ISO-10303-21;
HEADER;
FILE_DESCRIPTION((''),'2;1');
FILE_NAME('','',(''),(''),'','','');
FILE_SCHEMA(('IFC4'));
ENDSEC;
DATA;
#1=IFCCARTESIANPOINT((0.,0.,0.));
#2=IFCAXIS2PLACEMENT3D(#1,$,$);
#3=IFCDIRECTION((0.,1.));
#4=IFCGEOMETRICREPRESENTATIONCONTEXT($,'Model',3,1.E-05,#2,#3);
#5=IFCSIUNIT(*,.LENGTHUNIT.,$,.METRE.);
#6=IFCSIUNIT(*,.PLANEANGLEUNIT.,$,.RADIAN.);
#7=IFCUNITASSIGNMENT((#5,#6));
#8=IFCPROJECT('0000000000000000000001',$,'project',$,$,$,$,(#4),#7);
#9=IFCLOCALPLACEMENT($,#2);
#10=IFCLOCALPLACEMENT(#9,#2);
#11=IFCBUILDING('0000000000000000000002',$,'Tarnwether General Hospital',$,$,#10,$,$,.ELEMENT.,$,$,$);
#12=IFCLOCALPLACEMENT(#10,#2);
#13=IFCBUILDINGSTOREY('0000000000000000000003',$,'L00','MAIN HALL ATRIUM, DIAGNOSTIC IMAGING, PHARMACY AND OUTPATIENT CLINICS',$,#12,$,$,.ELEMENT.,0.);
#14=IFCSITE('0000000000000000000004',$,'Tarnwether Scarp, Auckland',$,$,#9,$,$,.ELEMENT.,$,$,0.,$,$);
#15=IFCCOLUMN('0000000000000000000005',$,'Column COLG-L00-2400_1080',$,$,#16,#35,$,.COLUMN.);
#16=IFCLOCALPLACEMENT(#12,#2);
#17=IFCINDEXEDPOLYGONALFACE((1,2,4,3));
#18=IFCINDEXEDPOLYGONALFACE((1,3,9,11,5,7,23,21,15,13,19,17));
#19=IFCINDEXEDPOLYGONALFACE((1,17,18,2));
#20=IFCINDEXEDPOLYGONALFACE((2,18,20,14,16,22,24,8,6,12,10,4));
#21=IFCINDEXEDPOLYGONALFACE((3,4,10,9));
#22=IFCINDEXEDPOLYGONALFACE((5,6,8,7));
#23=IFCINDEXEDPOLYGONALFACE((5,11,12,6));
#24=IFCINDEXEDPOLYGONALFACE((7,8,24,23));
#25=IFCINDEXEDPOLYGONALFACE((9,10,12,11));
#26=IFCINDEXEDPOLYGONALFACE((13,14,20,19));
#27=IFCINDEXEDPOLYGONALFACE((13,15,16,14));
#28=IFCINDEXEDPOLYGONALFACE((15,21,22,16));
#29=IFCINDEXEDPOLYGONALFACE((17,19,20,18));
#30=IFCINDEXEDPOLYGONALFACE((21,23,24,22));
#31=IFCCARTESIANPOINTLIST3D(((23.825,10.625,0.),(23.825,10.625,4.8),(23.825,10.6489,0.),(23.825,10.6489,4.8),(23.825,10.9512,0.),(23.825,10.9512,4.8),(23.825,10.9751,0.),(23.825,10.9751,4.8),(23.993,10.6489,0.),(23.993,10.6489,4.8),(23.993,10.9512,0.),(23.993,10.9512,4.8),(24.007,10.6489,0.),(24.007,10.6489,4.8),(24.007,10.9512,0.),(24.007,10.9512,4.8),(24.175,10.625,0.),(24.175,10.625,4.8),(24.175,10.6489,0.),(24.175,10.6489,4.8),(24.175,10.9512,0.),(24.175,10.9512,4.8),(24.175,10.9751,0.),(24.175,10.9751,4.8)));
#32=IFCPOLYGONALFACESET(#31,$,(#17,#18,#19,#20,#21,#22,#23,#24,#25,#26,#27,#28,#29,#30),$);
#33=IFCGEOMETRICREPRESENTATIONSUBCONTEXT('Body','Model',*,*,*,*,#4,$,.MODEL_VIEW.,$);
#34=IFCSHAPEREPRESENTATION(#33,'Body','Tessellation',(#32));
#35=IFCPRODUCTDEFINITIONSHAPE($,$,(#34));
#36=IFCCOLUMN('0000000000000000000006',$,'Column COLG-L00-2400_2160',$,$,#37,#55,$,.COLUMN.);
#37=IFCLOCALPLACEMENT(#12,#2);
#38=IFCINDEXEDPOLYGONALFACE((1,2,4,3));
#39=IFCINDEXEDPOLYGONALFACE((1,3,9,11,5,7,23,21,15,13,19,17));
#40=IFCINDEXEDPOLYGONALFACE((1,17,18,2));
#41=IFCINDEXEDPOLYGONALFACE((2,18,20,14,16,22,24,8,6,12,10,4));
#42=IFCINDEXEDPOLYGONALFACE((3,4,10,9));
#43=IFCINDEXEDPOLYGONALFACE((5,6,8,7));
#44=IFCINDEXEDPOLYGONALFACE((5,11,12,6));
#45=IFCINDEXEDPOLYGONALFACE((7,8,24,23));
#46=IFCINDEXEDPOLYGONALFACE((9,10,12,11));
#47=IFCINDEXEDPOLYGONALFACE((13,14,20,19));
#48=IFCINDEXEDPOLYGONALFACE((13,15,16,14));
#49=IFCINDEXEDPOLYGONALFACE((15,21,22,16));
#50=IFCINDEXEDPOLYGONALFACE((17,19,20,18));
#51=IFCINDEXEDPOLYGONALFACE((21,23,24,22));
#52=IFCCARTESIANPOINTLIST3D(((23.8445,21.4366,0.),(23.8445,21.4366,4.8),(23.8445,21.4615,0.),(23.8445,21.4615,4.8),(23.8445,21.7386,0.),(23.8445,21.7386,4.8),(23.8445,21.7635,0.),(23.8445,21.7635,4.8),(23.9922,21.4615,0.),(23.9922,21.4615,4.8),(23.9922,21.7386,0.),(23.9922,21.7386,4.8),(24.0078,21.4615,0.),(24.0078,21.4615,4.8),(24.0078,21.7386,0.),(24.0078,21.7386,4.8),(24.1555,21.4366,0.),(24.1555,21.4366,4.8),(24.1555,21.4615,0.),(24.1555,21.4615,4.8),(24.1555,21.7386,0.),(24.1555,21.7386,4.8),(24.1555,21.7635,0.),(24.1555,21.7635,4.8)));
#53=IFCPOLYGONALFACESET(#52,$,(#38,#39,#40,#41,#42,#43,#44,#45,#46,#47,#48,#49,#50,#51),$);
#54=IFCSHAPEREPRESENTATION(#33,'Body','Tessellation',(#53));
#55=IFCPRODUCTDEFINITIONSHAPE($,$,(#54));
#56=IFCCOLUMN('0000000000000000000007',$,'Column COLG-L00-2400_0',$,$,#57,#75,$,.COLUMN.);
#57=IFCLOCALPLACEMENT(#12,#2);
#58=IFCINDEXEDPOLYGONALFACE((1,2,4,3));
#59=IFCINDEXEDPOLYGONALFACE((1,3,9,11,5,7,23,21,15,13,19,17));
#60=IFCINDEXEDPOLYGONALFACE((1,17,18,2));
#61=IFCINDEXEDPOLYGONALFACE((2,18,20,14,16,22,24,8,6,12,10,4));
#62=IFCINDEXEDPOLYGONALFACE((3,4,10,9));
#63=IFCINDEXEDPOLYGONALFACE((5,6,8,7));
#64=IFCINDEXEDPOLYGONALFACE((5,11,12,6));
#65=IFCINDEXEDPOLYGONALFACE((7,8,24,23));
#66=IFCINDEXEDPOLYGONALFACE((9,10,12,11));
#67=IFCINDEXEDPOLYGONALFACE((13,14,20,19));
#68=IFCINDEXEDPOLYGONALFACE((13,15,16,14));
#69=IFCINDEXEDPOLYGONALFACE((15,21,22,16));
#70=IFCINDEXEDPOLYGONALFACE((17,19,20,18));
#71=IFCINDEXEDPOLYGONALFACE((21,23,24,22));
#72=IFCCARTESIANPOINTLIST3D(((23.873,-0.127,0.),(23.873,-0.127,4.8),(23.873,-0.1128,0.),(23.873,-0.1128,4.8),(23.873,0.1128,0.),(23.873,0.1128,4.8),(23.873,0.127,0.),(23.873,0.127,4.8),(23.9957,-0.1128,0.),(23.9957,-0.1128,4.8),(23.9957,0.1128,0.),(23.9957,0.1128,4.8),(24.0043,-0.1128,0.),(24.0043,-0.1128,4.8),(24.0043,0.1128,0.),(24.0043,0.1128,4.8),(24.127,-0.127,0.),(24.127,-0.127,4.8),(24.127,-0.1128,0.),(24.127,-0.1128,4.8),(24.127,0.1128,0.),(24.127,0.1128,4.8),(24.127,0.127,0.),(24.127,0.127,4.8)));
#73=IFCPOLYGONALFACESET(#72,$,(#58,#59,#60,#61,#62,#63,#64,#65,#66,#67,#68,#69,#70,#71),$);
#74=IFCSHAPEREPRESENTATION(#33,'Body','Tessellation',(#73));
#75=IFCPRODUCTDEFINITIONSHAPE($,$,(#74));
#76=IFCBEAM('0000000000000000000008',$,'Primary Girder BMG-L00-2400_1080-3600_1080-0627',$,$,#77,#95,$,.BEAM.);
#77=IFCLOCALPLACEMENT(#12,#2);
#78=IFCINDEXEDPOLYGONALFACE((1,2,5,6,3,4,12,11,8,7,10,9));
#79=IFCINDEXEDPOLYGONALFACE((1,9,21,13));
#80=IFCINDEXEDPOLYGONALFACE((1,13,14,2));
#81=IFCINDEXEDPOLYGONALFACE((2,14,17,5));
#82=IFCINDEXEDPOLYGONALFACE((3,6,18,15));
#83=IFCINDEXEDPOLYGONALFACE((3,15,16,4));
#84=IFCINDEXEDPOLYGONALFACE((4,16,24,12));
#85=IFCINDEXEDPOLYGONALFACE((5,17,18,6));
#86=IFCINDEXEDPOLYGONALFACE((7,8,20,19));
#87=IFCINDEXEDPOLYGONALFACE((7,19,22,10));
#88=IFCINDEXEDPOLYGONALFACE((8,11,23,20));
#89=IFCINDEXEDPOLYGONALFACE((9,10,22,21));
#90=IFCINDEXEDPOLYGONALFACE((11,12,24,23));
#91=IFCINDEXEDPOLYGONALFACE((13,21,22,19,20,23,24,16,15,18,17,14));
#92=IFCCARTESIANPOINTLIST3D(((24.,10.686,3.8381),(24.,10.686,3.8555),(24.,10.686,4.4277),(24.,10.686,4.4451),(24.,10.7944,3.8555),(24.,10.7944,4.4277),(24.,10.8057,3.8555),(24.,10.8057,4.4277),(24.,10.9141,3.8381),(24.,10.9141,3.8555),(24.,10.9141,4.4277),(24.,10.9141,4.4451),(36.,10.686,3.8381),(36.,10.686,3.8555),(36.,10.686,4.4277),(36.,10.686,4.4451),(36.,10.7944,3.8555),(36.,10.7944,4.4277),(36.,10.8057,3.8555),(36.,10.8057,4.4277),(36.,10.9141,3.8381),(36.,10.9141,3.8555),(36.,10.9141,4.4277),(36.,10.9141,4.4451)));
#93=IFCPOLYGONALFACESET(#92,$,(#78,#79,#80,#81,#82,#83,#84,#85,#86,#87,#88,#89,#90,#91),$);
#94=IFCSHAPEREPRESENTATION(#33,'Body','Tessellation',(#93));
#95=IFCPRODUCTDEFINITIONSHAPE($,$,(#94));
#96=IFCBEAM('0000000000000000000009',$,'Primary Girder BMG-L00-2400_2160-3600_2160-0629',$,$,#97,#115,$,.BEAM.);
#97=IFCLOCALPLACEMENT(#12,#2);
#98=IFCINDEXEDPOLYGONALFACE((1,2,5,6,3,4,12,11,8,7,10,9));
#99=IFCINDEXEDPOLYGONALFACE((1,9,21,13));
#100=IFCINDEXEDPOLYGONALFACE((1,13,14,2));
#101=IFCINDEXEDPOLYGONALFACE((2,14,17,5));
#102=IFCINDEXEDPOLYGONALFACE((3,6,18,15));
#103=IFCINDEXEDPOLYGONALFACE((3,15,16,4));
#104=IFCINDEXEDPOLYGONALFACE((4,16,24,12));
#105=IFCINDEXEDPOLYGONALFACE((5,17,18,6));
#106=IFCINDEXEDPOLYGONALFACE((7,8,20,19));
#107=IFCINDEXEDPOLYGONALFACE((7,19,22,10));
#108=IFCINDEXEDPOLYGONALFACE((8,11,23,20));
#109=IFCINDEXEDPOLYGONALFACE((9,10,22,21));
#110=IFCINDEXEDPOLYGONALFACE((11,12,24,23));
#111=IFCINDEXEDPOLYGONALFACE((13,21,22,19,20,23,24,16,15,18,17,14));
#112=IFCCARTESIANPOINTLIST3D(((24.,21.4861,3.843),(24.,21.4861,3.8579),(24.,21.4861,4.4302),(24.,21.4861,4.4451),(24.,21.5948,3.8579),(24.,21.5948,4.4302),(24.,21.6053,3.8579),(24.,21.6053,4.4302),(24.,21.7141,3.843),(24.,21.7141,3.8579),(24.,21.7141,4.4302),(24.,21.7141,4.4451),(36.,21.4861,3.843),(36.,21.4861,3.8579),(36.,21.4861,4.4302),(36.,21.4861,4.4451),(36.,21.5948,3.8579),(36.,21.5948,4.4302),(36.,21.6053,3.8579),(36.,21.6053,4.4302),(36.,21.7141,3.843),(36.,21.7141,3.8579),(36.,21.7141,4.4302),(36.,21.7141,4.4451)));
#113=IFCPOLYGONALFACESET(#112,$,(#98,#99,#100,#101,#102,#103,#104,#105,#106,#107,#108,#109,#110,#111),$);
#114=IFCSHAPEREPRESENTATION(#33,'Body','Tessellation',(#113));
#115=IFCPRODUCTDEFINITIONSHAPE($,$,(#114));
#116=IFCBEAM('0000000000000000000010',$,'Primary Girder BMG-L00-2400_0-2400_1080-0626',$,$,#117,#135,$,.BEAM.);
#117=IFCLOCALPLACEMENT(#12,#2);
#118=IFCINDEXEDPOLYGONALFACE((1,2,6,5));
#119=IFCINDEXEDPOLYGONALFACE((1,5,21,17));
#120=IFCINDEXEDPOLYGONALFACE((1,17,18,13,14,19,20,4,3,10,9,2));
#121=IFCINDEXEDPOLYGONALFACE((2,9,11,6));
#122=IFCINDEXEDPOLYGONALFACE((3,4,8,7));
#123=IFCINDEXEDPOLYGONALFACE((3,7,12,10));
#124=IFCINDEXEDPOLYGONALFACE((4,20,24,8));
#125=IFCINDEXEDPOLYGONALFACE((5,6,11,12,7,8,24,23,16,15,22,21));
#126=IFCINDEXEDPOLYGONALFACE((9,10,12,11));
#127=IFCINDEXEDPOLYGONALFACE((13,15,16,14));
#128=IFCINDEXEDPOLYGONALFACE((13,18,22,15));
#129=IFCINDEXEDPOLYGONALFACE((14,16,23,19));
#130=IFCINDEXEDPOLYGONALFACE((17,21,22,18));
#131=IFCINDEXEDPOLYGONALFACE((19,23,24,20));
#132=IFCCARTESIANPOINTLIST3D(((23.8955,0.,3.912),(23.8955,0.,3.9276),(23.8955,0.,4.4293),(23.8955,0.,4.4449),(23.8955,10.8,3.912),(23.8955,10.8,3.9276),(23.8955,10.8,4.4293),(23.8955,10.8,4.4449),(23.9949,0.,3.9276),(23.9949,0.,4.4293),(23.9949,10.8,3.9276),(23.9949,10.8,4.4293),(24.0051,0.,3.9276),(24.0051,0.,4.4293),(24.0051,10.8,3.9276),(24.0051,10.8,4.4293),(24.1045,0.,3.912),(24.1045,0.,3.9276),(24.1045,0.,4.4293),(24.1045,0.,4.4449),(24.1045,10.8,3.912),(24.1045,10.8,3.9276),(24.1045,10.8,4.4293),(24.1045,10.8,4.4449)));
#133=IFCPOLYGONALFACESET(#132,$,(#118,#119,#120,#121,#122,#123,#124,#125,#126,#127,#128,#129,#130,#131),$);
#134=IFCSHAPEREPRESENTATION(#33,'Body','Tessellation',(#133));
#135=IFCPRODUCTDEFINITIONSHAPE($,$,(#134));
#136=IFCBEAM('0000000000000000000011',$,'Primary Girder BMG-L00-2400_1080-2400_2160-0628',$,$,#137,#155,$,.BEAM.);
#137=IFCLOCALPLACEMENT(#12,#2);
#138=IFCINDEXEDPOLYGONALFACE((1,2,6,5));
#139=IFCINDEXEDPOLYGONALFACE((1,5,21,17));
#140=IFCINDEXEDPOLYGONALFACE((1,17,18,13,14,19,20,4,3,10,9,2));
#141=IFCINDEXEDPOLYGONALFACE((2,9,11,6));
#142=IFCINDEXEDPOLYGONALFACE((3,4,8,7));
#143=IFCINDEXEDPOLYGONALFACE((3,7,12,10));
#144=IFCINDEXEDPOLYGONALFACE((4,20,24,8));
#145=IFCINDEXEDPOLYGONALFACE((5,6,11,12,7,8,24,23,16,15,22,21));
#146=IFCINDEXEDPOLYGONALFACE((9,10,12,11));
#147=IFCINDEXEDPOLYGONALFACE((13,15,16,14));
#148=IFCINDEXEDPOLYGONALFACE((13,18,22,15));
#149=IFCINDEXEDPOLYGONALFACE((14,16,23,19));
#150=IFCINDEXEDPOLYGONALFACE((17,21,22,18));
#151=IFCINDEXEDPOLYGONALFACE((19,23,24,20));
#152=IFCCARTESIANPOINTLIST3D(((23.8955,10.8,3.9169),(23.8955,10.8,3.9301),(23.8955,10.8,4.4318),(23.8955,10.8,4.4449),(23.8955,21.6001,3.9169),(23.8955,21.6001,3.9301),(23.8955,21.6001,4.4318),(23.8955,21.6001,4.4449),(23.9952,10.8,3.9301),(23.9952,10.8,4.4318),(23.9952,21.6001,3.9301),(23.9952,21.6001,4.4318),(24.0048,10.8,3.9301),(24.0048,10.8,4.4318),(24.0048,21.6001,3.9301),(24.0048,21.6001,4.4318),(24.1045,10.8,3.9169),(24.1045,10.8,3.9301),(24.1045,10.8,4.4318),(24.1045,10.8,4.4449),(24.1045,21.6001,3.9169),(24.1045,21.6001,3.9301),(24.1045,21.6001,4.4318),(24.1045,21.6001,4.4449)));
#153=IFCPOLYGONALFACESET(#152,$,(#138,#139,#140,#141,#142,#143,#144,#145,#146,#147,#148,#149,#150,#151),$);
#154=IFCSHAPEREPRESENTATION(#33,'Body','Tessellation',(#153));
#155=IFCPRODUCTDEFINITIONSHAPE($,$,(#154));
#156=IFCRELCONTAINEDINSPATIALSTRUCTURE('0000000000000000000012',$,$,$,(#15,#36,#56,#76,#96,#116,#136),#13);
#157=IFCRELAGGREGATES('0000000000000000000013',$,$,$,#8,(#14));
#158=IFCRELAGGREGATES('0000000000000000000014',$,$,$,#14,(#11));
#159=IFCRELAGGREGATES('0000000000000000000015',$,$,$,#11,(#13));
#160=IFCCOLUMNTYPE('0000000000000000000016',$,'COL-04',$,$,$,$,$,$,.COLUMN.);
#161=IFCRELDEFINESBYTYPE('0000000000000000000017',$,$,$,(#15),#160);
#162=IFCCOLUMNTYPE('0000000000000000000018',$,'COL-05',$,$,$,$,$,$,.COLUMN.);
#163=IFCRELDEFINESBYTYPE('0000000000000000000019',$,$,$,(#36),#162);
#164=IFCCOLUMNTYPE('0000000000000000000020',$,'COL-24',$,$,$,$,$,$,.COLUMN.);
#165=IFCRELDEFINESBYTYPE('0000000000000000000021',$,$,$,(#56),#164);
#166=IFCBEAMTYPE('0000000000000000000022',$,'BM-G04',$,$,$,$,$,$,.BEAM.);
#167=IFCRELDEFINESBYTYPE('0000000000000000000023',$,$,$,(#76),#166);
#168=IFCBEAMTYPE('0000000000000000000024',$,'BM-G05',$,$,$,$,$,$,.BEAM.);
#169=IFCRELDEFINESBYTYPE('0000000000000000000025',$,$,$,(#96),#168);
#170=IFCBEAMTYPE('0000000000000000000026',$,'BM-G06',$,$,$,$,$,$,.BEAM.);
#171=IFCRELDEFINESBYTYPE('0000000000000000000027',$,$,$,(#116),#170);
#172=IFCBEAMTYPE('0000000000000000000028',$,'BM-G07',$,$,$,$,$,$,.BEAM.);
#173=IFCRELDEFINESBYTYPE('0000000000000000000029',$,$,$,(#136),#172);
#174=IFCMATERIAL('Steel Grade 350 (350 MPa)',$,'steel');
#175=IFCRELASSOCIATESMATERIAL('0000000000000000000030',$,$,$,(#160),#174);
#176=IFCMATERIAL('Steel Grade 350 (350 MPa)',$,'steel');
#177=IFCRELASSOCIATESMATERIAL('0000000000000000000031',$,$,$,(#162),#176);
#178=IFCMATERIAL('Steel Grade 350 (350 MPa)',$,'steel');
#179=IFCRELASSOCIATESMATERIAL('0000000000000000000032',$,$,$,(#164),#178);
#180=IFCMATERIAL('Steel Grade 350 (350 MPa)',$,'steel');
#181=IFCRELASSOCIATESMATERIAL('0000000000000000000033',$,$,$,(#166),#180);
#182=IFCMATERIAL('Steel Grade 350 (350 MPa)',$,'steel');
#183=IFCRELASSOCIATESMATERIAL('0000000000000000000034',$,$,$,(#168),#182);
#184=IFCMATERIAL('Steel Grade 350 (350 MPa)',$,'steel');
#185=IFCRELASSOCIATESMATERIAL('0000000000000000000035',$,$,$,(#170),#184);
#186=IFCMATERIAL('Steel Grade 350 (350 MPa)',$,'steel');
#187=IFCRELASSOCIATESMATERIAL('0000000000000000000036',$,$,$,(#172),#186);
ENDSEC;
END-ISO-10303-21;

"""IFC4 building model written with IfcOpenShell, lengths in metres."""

from ifc_helpers import new_model, si_unit, direction, frame, origin, origin_2d, place, context, subcontext, project, spatial, i_section, extrude, material, material_profile, profile_set, type_object, element, save


model = new_model("IFC4")

# Units and contexts
model_context = context("Model", 3, precision=1e-05, world=origin(), true_north=direction((0.0, 1.0)))
body_context = subcontext(model_context, "Body", "Model", "MODEL_VIEW")
ifc_project = project(units=[si_unit("LENGTHUNIT", "METRE"), si_unit("PLANEANGLEUNIT", "RADIAN")], contexts=[model_context])

# Site, building, storey
site_placement = place(None, origin())
site = spatial("IfcSite", under=ifc_project, at=site_placement, Name="Tarnwether Scarp, Auckland", CompositionType="ELEMENT", RefElevation=0.0)
building_placement = place(site_placement, origin())
building = spatial("IfcBuilding", under=site, at=building_placement, Name="Tarnwether General Hospital", CompositionType="ELEMENT")
storey_placement = place(building_placement, origin())
storey = spatial("IfcBuildingStorey", under=building, at=storey_placement, Name="L00", Description="MAIN HALL ATRIUM, DIAGNOSTIC IMAGING, PHARMACY AND OUTPATIENT CLINICS", CompositionType="ELEMENT", Elevation=0.0)

# Columns
ifc_material_1 = material(Name="Steel Grade 350 (350 MPa)", Category="steel")
ifc_material_profile_1 = material_profile(ifc_material_1, i_section(OverallWidth=0.3501, OverallDepth=0.3501, WebThickness=0.0139, FlangeThickness=0.0239, at=origin_2d()), Name="350WC197")
ifc_profile_set_1 = profile_set([ifc_material_profile_1], Name="Steel Grade 350 (350 MPa)")
column_type_1 = type_object("IfcColumnType", Name="COL-04", PredefinedType="COLUMN", material=ifc_profile_set_1)
column_1_placement = place(storey_placement, frame((24.0, 10.8, 0.0), z_axis=(0.0, 0.0, 1.0), x_axis=(1.0, 0.0, 0.0)))
element("IfcColumn", 1, at=column_1_placement, inside=storey, type_object=column_type_1, Name="Column COLG-L00-2400_1080", PredefinedType="COLUMN", context=body_context, shape_type="SweptSolid", body=[
    extrude(i_section(OverallWidth=0.3501, OverallDepth=0.3501, WebThickness=0.0139, FlangeThickness=0.0239, at=origin_2d()), origin(), (0.0, 0.0, 1.0), 4.8),
])
ifc_material_2 = material(Name="Steel Grade 350 (350 MPa)", Category="steel")
ifc_material_profile_2 = material_profile(ifc_material_2, i_section(OverallWidth=0.311, OverallDepth=0.3269, WebThickness=0.0156, FlangeThickness=0.0249, at=origin_2d()), Name="310UC158")
ifc_profile_set_2 = profile_set([ifc_material_profile_2], Name="Steel Grade 350 (350 MPa)")
column_type_2 = type_object("IfcColumnType", Name="COL-05", PredefinedType="COLUMN", material=ifc_profile_set_2)
column_2_placement = place(storey_placement, frame((24.0, 21.6001, 0.0), z_axis=(0.0, 0.0, 1.0), x_axis=(1.0, 0.0, 0.0)))
element("IfcColumn", 2, at=column_2_placement, inside=storey, type_object=column_type_2, Name="Column COLG-L00-2400_2160", PredefinedType="COLUMN", context=body_context, shape_type="SweptSolid", body=[
    extrude(i_section(OverallWidth=0.311, OverallDepth=0.3269, WebThickness=0.0156, FlangeThickness=0.0249, at=origin_2d()), origin(), (0.0, 0.0, 1.0), 4.8),
])
ifc_material_3 = material(Name="Steel Grade 350 (350 MPa)", Category="steel")
ifc_material_profile_3 = material_profile(ifc_material_3, i_section(OverallWidth=0.2539, OverallDepth=0.2539, WebThickness=0.0085, FlangeThickness=0.0142, at=origin_2d()), Name="250UC72.9")
ifc_profile_set_3 = profile_set([ifc_material_profile_3], Name="Steel Grade 350 (350 MPa)")
column_type_3 = type_object("IfcColumnType", Name="COL-24", PredefinedType="COLUMN", material=ifc_profile_set_3)
column_3_placement = place(storey_placement, frame((24.0, 0.0, 0.0), z_axis=(0.0, 0.0, 1.0), x_axis=(1.0, 0.0, 0.0)))
element("IfcColumn", 3, at=column_3_placement, inside=storey, type_object=column_type_3, Name="Column COLG-L00-2400_0", PredefinedType="COLUMN", context=body_context, shape_type="SweptSolid", body=[
    extrude(i_section(OverallWidth=0.2539, OverallDepth=0.2539, WebThickness=0.0085, FlangeThickness=0.0142, at=origin_2d()), origin(), (0.0, 0.0, 1.0), 4.8),
])

# Beams
ifc_material_4 = material(Name="Steel Grade 350 (350 MPa)", Category="steel")
ifc_material_profile_4 = material_profile(ifc_material_4, i_section(OverallWidth=0.228, OverallDepth=0.6069, WebThickness=0.0112, FlangeThickness=0.0173, at=origin_2d()), Name="610UB113")
ifc_profile_set_4 = profile_set([ifc_material_profile_4], Name="Steel Grade 350 (350 MPa)")
beam_type_1 = type_object("IfcBeamType", Name="BM-G04", PredefinedType="BEAM", material=ifc_profile_set_4)
beam_1_placement = place(storey_placement, frame((24.0, 10.8, 4.1416), z_axis=(1.0, 0.0, 0.0), x_axis=(0.0, 1.0, 0.0)))
element("IfcBeam", 4, at=beam_1_placement, inside=storey, type_object=beam_type_1, Name="Primary Girder BMG-L00-2400_1080-3600_1080-0627", PredefinedType="BEAM", context=body_context, shape_type="SweptSolid", body=[
    extrude(i_section(OverallWidth=0.228, OverallDepth=0.6069, WebThickness=0.0112, FlangeThickness=0.0173, at=origin_2d()), origin(), (0.0, 0.0, 1.0), 12.0),
])
ifc_material_5 = material(Name="Steel Grade 350 (350 MPa)", Category="steel")
ifc_material_profile_5 = material_profile(ifc_material_5, i_section(OverallWidth=0.228, OverallDepth=0.6021, WebThickness=0.0105, FlangeThickness=0.0149, at=origin_2d()), Name="610UB101")
ifc_profile_set_5 = profile_set([ifc_material_profile_5], Name="Steel Grade 350 (350 MPa)")
beam_type_2 = type_object("IfcBeamType", Name="BM-G05", PredefinedType="BEAM", material=ifc_profile_set_5)
beam_2_placement = place(storey_placement, frame((24.0, 21.6001, 4.144), z_axis=(1.0, 0.0, 0.0), x_axis=(0.0, 1.0, 0.0)))
element("IfcBeam", 5, at=beam_2_placement, inside=storey, type_object=beam_type_2, Name="Primary Girder BMG-L00-2400_2160-3600_2160-0629", PredefinedType="BEAM", context=body_context, shape_type="SweptSolid", body=[
    extrude(i_section(OverallWidth=0.228, OverallDepth=0.6021, WebThickness=0.0105, FlangeThickness=0.0149, at=origin_2d()), origin(), (0.0, 0.0, 1.0), 12.0),
])
ifc_material_6 = material(Name="Steel Grade 350 (350 MPa)", Category="steel")
ifc_material_profile_6 = material_profile(ifc_material_6, i_section(OverallWidth=0.209, OverallDepth=0.533, WebThickness=0.0103, FlangeThickness=0.0156, at=origin_2d()), Name="530UB92.4")
ifc_profile_set_6 = profile_set([ifc_material_profile_6], Name="Steel Grade 350 (350 MPa)")
beam_type_3 = type_object("IfcBeamType", Name="BM-G06", PredefinedType="BEAM", material=ifc_profile_set_6)
beam_3_placement = place(storey_placement, frame((24.0, 0.0, 4.1785), z_axis=(0.0, 1.0, 0.0), x_axis=(-1.0, 0.0, 0.0)))
element("IfcBeam", 6, at=beam_3_placement, inside=storey, type_object=beam_type_3, Name="Primary Girder BMG-L00-2400_0-2400_1080-0626", PredefinedType="BEAM", context=body_context, shape_type="SweptSolid", body=[
    extrude(i_section(OverallWidth=0.209, OverallDepth=0.533, WebThickness=0.0103, FlangeThickness=0.0156, at=origin_2d()), origin(), (0.0, 0.0, 1.0), 10.8),
])
ifc_material_7 = material(Name="Steel Grade 350 (350 MPa)", Category="steel")
ifc_material_profile_7 = material_profile(ifc_material_7, i_section(OverallWidth=0.209, OverallDepth=0.5281, WebThickness=0.0095, FlangeThickness=0.0132, at=origin_2d()), Name="530UB82.0")
ifc_profile_set_7 = profile_set([ifc_material_profile_7], Name="Steel Grade 350 (350 MPa)")
beam_type_4 = type_object("IfcBeamType", Name="BM-G07", PredefinedType="BEAM", material=ifc_profile_set_7)
beam_4_placement = place(storey_placement, frame((24.0, 10.8, 4.1809), z_axis=(0.0, 1.0, 0.0), x_axis=(-1.0, 0.0, 0.0)))
element("IfcBeam", 7, at=beam_4_placement, inside=storey, type_object=beam_type_4, Name="Primary Girder BMG-L00-2400_1080-2400_2160-0628", PredefinedType="BEAM", context=body_context, shape_type="SweptSolid", body=[
    extrude(i_section(OverallWidth=0.209, OverallDepth=0.5281, WebThickness=0.0095, FlangeThickness=0.0132, at=origin_2d()), origin(), (0.0, 0.0, 1.0), 10.8),
])

save(model, "model.ifc")
